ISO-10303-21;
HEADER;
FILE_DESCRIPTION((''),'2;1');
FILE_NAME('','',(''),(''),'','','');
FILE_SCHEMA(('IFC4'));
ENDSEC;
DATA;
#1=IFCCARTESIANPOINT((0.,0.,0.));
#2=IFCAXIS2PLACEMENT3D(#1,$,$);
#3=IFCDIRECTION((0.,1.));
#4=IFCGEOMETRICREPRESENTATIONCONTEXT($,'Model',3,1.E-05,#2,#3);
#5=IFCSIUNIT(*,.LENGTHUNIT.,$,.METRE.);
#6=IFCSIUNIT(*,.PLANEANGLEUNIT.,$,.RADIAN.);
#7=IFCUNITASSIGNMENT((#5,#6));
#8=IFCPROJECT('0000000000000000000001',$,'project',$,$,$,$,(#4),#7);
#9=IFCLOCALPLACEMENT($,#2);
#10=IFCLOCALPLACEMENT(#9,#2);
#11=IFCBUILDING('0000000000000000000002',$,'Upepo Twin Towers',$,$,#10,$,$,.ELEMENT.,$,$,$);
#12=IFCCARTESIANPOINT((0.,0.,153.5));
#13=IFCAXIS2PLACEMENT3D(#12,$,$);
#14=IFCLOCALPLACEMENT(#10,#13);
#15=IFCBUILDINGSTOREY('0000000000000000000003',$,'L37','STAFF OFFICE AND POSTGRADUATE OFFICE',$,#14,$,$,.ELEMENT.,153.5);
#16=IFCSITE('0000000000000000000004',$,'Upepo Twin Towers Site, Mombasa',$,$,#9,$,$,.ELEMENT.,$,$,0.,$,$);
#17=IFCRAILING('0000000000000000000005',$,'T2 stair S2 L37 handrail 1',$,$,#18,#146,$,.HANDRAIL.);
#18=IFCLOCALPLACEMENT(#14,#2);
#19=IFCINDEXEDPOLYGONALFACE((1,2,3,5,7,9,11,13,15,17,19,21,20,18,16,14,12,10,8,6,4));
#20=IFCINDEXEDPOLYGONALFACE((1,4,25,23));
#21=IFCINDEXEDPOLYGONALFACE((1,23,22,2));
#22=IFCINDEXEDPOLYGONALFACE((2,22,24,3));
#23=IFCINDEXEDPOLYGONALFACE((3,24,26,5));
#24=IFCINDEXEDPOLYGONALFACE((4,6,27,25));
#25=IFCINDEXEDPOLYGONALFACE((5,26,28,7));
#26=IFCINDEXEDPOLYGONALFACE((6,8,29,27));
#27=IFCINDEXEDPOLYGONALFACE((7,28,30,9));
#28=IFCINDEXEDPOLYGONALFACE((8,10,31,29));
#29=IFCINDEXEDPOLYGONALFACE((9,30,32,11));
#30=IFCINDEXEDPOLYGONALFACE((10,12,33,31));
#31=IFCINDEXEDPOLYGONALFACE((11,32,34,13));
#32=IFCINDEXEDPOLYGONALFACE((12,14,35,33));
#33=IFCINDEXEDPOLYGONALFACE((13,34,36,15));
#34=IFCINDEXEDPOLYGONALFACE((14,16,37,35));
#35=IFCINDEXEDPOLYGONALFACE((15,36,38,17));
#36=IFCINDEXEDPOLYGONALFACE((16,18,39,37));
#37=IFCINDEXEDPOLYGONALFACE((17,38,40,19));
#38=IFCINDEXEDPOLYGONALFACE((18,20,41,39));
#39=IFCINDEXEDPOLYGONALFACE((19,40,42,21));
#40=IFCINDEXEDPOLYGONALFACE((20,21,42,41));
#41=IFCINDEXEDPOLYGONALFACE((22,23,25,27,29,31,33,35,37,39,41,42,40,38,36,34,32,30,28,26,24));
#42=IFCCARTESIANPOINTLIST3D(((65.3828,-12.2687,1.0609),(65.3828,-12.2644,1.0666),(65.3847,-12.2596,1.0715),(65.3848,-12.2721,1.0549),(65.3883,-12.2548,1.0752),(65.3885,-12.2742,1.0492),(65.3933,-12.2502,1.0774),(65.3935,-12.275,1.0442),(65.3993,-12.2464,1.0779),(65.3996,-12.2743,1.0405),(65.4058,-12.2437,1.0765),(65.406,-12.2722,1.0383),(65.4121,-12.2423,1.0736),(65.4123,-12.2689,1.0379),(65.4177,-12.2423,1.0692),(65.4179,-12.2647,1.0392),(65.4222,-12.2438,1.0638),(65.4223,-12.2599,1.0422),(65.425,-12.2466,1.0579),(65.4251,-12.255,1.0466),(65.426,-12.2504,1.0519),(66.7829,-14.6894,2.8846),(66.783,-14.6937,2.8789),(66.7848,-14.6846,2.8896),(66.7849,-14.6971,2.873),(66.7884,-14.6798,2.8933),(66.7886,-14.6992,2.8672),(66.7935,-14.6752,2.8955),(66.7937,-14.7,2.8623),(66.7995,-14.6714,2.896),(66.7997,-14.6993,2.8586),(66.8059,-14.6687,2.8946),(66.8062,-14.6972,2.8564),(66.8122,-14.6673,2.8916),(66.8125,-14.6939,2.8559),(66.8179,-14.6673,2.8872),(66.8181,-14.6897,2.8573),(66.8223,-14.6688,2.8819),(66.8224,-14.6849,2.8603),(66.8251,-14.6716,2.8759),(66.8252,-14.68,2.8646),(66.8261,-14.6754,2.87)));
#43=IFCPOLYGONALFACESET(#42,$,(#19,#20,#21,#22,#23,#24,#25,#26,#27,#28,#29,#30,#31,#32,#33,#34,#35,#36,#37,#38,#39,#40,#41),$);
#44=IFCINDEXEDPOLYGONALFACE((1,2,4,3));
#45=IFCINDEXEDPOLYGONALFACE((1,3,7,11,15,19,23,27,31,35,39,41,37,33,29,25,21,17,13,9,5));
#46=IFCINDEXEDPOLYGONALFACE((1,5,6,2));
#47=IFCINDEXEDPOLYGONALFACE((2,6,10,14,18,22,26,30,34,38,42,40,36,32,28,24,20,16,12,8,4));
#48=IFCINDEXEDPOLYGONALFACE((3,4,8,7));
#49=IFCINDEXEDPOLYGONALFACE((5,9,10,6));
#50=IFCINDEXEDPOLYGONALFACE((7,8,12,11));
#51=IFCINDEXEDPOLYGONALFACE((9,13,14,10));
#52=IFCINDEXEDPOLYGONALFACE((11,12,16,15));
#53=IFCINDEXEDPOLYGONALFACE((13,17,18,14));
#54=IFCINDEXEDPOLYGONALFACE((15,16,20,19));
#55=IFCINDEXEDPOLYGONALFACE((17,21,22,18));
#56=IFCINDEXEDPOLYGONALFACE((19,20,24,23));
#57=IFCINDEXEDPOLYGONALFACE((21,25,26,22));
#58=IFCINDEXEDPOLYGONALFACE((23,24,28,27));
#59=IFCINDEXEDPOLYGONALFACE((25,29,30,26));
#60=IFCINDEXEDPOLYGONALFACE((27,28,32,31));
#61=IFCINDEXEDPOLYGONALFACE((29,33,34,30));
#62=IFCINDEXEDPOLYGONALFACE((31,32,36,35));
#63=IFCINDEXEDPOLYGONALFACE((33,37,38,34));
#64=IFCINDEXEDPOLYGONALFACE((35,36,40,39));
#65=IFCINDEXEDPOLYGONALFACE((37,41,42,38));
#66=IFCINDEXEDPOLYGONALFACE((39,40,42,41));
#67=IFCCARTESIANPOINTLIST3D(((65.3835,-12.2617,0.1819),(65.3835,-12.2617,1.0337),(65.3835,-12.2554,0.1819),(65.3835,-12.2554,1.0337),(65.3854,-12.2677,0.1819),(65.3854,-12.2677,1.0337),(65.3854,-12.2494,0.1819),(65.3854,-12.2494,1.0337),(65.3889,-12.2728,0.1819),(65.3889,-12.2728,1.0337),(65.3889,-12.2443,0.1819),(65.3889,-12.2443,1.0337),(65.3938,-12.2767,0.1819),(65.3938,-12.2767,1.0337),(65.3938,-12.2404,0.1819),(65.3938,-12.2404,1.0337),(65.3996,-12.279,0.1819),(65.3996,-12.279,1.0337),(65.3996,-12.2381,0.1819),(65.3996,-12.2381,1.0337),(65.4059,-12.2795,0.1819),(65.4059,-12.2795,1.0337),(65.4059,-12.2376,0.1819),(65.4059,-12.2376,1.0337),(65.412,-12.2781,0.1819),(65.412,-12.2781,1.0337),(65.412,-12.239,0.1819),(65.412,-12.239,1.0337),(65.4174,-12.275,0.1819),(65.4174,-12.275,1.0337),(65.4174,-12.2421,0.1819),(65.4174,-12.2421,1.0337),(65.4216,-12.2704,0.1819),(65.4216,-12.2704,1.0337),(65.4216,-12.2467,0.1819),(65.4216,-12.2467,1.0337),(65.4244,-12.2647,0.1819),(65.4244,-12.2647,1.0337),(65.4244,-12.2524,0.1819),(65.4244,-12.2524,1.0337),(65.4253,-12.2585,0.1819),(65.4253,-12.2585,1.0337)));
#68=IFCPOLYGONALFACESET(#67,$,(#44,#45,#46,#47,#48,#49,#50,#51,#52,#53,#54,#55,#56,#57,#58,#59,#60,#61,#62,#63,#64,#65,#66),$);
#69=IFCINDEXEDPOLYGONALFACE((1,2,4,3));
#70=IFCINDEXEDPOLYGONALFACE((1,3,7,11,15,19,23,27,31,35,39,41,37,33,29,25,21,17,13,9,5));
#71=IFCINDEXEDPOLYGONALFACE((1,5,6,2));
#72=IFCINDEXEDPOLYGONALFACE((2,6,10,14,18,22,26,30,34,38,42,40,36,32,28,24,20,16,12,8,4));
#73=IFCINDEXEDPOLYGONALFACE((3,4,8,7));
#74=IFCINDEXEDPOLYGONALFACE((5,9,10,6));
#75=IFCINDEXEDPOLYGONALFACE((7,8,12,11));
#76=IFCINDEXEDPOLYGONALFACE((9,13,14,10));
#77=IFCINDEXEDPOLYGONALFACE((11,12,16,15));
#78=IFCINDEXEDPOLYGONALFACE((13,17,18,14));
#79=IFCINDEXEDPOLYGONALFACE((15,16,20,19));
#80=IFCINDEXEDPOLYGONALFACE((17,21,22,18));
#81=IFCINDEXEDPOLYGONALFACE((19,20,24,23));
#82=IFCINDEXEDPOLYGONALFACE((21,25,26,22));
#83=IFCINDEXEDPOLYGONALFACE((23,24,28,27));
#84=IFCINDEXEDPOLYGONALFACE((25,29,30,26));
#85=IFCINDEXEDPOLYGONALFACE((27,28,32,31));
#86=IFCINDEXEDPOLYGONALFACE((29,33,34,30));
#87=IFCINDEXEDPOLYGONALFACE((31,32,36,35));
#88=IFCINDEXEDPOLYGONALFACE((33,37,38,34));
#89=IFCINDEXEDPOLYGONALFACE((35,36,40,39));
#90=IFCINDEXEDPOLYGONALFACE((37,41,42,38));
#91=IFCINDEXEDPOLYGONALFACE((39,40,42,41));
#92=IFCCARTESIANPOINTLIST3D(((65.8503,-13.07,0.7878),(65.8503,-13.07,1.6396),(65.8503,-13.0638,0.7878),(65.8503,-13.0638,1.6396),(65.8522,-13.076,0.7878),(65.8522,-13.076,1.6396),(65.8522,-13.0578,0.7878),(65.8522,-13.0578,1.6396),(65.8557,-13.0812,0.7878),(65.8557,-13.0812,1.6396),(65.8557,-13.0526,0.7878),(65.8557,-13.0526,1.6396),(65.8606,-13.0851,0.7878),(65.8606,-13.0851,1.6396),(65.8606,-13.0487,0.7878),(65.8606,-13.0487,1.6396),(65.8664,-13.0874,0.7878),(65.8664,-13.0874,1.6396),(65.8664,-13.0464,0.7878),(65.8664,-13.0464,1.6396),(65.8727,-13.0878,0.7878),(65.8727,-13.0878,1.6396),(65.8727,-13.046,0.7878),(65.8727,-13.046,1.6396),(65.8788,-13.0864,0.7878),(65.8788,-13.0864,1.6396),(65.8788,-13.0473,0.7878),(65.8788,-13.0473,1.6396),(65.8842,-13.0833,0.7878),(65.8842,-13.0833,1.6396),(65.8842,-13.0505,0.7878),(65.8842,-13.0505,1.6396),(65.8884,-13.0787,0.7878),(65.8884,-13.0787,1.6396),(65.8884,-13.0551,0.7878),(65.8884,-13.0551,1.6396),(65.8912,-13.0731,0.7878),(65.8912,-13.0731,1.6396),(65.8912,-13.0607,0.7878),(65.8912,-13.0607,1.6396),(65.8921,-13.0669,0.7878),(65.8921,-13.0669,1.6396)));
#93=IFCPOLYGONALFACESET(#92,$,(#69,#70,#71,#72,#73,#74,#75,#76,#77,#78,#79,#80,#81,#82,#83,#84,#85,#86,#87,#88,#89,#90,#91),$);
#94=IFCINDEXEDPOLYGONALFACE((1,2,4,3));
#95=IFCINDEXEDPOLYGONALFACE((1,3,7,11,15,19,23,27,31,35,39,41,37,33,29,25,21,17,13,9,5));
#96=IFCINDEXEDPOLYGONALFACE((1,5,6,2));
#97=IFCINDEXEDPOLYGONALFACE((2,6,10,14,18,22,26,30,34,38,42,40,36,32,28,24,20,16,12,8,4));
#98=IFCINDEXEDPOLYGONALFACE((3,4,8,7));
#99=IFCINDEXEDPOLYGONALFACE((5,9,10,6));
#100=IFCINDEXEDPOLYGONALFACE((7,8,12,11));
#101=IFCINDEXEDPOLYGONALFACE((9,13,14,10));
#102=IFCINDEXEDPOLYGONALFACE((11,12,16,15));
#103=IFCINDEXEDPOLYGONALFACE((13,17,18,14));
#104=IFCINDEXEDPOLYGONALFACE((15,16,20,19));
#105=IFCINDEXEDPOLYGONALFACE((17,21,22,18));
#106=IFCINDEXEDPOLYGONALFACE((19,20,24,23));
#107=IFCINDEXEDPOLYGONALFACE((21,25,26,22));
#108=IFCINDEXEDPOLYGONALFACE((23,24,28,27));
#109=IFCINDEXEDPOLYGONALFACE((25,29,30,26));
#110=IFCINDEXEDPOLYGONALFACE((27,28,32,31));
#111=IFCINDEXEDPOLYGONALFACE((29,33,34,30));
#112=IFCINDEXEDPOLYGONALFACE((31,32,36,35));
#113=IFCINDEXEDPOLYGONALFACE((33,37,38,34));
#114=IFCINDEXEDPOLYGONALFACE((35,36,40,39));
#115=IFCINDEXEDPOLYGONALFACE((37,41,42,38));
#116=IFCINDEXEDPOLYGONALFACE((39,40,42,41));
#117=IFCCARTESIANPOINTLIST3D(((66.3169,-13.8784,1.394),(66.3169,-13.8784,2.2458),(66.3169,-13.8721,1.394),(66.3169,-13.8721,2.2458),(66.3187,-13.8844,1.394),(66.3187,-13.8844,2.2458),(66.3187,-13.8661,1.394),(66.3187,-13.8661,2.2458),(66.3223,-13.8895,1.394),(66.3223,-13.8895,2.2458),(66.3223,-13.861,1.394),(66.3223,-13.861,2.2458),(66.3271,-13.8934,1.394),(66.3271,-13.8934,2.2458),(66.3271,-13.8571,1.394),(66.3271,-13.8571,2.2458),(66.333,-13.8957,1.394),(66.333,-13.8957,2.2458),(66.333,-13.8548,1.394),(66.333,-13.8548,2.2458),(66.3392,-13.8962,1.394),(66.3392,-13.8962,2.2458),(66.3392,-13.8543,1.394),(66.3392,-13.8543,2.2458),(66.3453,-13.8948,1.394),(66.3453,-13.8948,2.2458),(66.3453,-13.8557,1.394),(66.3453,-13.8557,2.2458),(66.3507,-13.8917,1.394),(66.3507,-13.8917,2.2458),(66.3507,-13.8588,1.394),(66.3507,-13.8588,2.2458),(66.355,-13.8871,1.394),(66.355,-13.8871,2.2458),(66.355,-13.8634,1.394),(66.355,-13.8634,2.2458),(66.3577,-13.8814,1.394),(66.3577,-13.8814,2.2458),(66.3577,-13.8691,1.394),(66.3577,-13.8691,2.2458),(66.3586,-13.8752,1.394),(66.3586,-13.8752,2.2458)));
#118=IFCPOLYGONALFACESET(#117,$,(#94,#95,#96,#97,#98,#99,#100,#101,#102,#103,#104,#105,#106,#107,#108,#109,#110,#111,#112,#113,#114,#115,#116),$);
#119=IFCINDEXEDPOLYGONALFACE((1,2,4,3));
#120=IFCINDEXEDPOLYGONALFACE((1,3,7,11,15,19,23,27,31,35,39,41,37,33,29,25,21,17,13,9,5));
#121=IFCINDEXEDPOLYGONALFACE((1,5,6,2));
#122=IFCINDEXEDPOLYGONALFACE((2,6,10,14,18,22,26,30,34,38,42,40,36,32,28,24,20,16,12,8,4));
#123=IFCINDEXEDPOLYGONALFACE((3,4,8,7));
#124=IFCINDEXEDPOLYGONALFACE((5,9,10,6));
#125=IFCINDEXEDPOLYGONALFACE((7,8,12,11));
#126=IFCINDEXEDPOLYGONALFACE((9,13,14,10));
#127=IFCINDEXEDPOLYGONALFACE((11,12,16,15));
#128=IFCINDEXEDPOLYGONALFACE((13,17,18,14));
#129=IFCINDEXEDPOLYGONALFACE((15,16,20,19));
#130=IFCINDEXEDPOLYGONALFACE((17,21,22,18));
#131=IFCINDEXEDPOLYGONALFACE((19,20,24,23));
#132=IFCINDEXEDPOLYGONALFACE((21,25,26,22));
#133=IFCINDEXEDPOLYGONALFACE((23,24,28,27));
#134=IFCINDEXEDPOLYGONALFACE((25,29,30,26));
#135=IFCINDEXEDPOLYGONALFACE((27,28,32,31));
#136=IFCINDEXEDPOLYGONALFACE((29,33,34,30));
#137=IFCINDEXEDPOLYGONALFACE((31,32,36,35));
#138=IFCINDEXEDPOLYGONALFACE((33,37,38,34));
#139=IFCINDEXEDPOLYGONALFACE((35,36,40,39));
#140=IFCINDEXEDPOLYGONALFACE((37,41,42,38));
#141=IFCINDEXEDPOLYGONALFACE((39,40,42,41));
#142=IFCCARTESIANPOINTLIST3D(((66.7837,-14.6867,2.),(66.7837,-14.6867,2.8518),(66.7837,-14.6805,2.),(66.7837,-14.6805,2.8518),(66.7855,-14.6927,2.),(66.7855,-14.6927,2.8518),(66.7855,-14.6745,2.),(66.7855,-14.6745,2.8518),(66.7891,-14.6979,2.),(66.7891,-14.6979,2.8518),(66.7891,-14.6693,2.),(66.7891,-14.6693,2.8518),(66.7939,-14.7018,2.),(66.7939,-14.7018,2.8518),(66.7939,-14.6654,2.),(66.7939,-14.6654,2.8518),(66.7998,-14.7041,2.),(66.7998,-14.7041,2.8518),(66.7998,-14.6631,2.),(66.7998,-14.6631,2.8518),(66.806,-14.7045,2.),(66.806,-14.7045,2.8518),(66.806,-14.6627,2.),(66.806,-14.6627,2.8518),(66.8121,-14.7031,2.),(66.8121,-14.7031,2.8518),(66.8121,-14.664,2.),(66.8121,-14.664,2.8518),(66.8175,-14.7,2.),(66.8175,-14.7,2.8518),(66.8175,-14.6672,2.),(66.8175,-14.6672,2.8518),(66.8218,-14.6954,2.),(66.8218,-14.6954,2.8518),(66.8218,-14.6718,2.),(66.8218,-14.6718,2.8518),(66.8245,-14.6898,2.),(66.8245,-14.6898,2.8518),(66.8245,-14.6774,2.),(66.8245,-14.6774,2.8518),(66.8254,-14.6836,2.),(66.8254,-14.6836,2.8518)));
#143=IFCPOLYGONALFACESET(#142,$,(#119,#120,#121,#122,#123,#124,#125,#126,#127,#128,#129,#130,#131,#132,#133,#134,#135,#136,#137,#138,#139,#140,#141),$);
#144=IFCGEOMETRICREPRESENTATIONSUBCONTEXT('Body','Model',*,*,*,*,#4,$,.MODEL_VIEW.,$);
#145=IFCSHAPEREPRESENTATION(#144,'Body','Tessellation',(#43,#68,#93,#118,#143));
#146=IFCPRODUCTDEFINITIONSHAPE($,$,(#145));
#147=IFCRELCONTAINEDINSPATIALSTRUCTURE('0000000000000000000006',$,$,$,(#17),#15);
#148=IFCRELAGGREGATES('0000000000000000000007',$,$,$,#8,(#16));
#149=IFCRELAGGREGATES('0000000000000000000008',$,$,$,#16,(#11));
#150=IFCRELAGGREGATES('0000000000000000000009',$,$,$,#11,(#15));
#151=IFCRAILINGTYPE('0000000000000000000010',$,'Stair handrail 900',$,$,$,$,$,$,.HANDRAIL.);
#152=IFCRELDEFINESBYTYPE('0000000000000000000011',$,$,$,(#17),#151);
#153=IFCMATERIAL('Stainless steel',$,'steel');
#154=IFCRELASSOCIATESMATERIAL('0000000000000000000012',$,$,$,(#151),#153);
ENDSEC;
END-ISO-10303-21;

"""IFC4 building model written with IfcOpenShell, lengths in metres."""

from ifc_helpers import new_model, si_unit, direction, frame, origin, origin_2d, place, context, subcontext, project, spatial, circle, extrude, material, type_object, element, save


model = new_model("IFC4")

# Units and contexts
model_context = context("Model", 3, precision=1e-05, world=origin(), true_north=direction((0.0, 1.0)))
body_context = subcontext(model_context, "Body", "Model", "MODEL_VIEW")
ifc_project = project(units=[si_unit("LENGTHUNIT", "METRE"), si_unit("PLANEANGLEUNIT", "RADIAN")], contexts=[model_context])

# Site, building, storey
site_placement = place(None, origin())
site = spatial("IfcSite", under=ifc_project, at=site_placement, Name="Upepo Twin Towers Site, Mombasa", CompositionType="ELEMENT", RefElevation=0.0)
building_placement = place(site_placement, origin())
building = spatial("IfcBuilding", under=site, at=building_placement, Name="Upepo Twin Towers", CompositionType="ELEMENT")
storey_placement = place(building_placement, frame((0.0, 0.0, 153.5)))
storey = spatial("IfcBuildingStorey", under=building, at=storey_placement, Name="L37", Description="STAFF OFFICE AND POSTGRADUATE OFFICE", CompositionType="ELEMENT", Elevation=153.5)

# Railing
ifc_material_1 = material(Name="Stainless steel", Category="steel")
railing_type = type_object("IfcRailingType", Name="Stair handrail 900", PredefinedType="HANDRAIL", material=ifc_material_1)
railing_1_placement = place(storey_placement, frame((65.4043, -12.2585, 0.1819)))
element("IfcRailing", 1, at=railing_1_placement, inside=storey, type_object=railing_type, Name="T2 stair S2 L37 handrail 1", PredefinedType="HANDRAIL", context=body_context, shape_type="SweptSolid", body=[
    extrude(circle(Radius=0.0239, at=origin_2d()), frame((0.0, 0.0, 0.876), z_axis=(0.419371, -0.726349, 0.54456), x_axis=(0.866019, 0.500012, 0.0)), (0.0, 0.0, 1.0), 3.3386),
    extrude(circle(Radius=0.021, at=origin_2d()), origin(), (0.0, 0.0, 1.0), 0.8518),
    extrude(circle(Radius=0.021, at=origin_2d()), frame((0.4668, -0.8083, 0.606)), (0.0, 0.0, 1.0), 0.8518),
    extrude(circle(Radius=0.021, at=origin_2d()), frame((0.9333, -1.6167, 1.2122)), (0.0, 0.0, 1.0), 0.8518),
    extrude(circle(Radius=0.021, at=origin_2d()), frame((1.4001, -2.425, 1.8181)), (0.0, 0.0, 1.0), 0.8518),
])

save(model, "model.ifc")
